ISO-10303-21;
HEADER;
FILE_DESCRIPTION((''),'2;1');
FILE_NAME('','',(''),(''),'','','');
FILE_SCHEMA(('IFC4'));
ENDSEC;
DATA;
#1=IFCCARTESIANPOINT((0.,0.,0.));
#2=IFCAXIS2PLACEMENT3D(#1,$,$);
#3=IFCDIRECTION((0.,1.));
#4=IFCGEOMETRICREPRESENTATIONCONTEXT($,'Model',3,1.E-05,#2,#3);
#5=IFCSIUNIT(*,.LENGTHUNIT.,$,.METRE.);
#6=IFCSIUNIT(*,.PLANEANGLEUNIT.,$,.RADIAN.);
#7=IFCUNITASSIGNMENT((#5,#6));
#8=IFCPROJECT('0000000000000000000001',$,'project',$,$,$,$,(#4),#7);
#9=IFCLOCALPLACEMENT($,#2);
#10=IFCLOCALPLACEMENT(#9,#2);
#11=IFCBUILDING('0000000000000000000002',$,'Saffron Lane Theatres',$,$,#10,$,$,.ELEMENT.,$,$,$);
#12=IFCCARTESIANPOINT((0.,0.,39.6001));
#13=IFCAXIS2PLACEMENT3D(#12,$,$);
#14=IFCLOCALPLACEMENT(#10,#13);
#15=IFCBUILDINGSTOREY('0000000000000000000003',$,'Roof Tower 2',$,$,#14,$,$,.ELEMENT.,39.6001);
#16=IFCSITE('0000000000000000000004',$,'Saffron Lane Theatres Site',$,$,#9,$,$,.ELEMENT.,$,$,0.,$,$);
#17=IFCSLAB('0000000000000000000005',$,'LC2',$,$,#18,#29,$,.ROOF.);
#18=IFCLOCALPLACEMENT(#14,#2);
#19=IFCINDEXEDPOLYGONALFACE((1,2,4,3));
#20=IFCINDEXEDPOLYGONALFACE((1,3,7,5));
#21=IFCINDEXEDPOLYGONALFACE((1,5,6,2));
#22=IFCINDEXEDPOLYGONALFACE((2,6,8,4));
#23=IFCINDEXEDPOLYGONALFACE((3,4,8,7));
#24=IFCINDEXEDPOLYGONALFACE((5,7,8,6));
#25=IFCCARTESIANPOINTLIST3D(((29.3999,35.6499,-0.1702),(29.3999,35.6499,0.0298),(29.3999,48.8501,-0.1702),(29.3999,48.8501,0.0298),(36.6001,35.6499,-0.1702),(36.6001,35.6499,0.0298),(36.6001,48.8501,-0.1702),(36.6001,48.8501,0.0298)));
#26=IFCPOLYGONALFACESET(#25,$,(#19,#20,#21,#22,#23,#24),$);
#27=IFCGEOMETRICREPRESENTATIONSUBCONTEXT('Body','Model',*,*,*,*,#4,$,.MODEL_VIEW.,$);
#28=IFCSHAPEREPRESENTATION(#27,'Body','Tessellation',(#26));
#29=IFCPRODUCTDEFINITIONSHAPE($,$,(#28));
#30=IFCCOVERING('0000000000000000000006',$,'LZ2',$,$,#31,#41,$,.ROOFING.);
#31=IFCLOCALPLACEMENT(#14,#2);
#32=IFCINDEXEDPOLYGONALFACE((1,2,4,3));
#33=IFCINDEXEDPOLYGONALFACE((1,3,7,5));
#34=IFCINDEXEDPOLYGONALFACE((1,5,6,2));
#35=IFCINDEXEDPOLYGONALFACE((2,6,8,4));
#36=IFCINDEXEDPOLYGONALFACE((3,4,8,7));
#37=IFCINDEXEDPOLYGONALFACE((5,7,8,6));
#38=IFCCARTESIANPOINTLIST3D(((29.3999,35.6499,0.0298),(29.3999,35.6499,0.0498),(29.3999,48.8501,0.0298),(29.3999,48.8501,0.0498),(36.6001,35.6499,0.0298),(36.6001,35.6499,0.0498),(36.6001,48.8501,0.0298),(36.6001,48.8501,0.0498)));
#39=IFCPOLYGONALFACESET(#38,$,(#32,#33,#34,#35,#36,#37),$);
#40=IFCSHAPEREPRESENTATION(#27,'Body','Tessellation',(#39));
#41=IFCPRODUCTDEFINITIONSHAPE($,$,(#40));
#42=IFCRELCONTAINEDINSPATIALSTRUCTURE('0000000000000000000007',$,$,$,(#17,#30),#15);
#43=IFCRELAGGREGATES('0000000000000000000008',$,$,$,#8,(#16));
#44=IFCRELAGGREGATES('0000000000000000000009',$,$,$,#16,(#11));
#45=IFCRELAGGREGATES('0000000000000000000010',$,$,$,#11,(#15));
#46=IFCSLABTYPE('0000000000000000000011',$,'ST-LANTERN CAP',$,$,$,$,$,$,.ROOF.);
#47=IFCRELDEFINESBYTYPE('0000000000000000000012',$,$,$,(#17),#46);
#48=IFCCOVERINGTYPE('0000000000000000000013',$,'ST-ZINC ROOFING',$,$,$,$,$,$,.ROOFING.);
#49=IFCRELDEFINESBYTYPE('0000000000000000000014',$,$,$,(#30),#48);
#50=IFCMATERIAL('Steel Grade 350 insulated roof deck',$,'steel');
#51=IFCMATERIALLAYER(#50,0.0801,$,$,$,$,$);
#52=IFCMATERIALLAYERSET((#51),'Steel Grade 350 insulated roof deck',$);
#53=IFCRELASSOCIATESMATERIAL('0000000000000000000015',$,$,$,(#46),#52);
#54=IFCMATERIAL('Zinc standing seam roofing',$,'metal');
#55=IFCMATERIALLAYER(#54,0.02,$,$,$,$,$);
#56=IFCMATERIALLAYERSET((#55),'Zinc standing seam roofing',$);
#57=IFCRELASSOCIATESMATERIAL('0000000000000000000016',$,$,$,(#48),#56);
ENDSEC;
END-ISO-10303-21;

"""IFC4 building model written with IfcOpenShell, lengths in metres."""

from ifc_helpers import new_model, si_unit, direction, frame, origin, place, context, subcontext, project, spatial, polyline, outline, extrude, material, layer, layer_set, type_object, element, save


model = new_model("IFC4")

# Units and contexts
model_context = context("Model", 3, precision=1e-05, world=origin(), true_north=direction((0.0, 1.0)))
body_context = subcontext(model_context, "Body", "Model", "MODEL_VIEW")
ifc_project = project(units=[si_unit("LENGTHUNIT", "METRE"), si_unit("PLANEANGLEUNIT", "RADIAN")], contexts=[model_context])

# Site, building, storey
site_placement = place(None, origin())
site = spatial("IfcSite", under=ifc_project, at=site_placement, Name="Saffron Lane Theatres Site", CompositionType="ELEMENT", RefElevation=0.0)
building_placement = place(site_placement, origin())
building = spatial("IfcBuilding", under=site, at=building_placement, Name="Saffron Lane Theatres", CompositionType="ELEMENT")
storey_placement = place(building_placement, frame((0.0, 0.0, 39.6001)))
storey = spatial("IfcBuildingStorey", under=building, at=storey_placement, Name="Roof Tower 2", CompositionType="ELEMENT", Elevation=39.6001)

# Slab
ifc_material_1 = material(Name="Steel Grade 350 insulated roof deck", Category="steel")
ifc_layer_1 = layer(ifc_material_1, 0.0801)
ifc_layer_set_1 = layer_set([ifc_layer_1], Name="Steel Grade 350 insulated roof deck")
slab_type = type_object("IfcSlabType", Name="ST-LANTERN CAP", PredefinedType="ROOF", material=ifc_layer_set_1)
slab_placement = place(storey_placement, frame((0.0, 0.0, -0.1702)))
element("IfcSlab", 1, at=slab_placement, inside=storey, type_object=slab_type, Name="LC2", PredefinedType="ROOF", context=body_context, shape_type="SweptSolid", body=[
    extrude(outline(polyline([(29.3999, 35.6499), (36.6001, 35.6499), (36.6001, 48.8501), (29.3999, 48.8501), (29.3999, 35.6499)])), origin(), (0.0, 0.0, 1.0), 0.2),
])

# Covering
ifc_material_2 = material(Name="Zinc standing seam roofing", Category="metal")
ifc_layer_2 = layer(ifc_material_2, 0.02)
ifc_layer_set_2 = layer_set([ifc_layer_2], Name="Zinc standing seam roofing")
covering_type = type_object("IfcCoveringType", Name="ST-ZINC ROOFING", PredefinedType="ROOFING", material=ifc_layer_set_2)
covering_placement = place(storey_placement, frame((0.0, 0.0, 0.0298)))
element("IfcCovering", 2, at=covering_placement, inside=storey, type_object=covering_type, Name="LZ2", PredefinedType="ROOFING", context=body_context, shape_type="SweptSolid", body=[
    extrude(outline(polyline([(29.3999, 35.6499), (36.6001, 35.6499), (36.6001, 48.8501), (29.3999, 48.8501), (29.3999, 35.6499)])), origin(), (0.0, 0.0, 1.0), 0.02),
])

save(model, "model.ifc")
